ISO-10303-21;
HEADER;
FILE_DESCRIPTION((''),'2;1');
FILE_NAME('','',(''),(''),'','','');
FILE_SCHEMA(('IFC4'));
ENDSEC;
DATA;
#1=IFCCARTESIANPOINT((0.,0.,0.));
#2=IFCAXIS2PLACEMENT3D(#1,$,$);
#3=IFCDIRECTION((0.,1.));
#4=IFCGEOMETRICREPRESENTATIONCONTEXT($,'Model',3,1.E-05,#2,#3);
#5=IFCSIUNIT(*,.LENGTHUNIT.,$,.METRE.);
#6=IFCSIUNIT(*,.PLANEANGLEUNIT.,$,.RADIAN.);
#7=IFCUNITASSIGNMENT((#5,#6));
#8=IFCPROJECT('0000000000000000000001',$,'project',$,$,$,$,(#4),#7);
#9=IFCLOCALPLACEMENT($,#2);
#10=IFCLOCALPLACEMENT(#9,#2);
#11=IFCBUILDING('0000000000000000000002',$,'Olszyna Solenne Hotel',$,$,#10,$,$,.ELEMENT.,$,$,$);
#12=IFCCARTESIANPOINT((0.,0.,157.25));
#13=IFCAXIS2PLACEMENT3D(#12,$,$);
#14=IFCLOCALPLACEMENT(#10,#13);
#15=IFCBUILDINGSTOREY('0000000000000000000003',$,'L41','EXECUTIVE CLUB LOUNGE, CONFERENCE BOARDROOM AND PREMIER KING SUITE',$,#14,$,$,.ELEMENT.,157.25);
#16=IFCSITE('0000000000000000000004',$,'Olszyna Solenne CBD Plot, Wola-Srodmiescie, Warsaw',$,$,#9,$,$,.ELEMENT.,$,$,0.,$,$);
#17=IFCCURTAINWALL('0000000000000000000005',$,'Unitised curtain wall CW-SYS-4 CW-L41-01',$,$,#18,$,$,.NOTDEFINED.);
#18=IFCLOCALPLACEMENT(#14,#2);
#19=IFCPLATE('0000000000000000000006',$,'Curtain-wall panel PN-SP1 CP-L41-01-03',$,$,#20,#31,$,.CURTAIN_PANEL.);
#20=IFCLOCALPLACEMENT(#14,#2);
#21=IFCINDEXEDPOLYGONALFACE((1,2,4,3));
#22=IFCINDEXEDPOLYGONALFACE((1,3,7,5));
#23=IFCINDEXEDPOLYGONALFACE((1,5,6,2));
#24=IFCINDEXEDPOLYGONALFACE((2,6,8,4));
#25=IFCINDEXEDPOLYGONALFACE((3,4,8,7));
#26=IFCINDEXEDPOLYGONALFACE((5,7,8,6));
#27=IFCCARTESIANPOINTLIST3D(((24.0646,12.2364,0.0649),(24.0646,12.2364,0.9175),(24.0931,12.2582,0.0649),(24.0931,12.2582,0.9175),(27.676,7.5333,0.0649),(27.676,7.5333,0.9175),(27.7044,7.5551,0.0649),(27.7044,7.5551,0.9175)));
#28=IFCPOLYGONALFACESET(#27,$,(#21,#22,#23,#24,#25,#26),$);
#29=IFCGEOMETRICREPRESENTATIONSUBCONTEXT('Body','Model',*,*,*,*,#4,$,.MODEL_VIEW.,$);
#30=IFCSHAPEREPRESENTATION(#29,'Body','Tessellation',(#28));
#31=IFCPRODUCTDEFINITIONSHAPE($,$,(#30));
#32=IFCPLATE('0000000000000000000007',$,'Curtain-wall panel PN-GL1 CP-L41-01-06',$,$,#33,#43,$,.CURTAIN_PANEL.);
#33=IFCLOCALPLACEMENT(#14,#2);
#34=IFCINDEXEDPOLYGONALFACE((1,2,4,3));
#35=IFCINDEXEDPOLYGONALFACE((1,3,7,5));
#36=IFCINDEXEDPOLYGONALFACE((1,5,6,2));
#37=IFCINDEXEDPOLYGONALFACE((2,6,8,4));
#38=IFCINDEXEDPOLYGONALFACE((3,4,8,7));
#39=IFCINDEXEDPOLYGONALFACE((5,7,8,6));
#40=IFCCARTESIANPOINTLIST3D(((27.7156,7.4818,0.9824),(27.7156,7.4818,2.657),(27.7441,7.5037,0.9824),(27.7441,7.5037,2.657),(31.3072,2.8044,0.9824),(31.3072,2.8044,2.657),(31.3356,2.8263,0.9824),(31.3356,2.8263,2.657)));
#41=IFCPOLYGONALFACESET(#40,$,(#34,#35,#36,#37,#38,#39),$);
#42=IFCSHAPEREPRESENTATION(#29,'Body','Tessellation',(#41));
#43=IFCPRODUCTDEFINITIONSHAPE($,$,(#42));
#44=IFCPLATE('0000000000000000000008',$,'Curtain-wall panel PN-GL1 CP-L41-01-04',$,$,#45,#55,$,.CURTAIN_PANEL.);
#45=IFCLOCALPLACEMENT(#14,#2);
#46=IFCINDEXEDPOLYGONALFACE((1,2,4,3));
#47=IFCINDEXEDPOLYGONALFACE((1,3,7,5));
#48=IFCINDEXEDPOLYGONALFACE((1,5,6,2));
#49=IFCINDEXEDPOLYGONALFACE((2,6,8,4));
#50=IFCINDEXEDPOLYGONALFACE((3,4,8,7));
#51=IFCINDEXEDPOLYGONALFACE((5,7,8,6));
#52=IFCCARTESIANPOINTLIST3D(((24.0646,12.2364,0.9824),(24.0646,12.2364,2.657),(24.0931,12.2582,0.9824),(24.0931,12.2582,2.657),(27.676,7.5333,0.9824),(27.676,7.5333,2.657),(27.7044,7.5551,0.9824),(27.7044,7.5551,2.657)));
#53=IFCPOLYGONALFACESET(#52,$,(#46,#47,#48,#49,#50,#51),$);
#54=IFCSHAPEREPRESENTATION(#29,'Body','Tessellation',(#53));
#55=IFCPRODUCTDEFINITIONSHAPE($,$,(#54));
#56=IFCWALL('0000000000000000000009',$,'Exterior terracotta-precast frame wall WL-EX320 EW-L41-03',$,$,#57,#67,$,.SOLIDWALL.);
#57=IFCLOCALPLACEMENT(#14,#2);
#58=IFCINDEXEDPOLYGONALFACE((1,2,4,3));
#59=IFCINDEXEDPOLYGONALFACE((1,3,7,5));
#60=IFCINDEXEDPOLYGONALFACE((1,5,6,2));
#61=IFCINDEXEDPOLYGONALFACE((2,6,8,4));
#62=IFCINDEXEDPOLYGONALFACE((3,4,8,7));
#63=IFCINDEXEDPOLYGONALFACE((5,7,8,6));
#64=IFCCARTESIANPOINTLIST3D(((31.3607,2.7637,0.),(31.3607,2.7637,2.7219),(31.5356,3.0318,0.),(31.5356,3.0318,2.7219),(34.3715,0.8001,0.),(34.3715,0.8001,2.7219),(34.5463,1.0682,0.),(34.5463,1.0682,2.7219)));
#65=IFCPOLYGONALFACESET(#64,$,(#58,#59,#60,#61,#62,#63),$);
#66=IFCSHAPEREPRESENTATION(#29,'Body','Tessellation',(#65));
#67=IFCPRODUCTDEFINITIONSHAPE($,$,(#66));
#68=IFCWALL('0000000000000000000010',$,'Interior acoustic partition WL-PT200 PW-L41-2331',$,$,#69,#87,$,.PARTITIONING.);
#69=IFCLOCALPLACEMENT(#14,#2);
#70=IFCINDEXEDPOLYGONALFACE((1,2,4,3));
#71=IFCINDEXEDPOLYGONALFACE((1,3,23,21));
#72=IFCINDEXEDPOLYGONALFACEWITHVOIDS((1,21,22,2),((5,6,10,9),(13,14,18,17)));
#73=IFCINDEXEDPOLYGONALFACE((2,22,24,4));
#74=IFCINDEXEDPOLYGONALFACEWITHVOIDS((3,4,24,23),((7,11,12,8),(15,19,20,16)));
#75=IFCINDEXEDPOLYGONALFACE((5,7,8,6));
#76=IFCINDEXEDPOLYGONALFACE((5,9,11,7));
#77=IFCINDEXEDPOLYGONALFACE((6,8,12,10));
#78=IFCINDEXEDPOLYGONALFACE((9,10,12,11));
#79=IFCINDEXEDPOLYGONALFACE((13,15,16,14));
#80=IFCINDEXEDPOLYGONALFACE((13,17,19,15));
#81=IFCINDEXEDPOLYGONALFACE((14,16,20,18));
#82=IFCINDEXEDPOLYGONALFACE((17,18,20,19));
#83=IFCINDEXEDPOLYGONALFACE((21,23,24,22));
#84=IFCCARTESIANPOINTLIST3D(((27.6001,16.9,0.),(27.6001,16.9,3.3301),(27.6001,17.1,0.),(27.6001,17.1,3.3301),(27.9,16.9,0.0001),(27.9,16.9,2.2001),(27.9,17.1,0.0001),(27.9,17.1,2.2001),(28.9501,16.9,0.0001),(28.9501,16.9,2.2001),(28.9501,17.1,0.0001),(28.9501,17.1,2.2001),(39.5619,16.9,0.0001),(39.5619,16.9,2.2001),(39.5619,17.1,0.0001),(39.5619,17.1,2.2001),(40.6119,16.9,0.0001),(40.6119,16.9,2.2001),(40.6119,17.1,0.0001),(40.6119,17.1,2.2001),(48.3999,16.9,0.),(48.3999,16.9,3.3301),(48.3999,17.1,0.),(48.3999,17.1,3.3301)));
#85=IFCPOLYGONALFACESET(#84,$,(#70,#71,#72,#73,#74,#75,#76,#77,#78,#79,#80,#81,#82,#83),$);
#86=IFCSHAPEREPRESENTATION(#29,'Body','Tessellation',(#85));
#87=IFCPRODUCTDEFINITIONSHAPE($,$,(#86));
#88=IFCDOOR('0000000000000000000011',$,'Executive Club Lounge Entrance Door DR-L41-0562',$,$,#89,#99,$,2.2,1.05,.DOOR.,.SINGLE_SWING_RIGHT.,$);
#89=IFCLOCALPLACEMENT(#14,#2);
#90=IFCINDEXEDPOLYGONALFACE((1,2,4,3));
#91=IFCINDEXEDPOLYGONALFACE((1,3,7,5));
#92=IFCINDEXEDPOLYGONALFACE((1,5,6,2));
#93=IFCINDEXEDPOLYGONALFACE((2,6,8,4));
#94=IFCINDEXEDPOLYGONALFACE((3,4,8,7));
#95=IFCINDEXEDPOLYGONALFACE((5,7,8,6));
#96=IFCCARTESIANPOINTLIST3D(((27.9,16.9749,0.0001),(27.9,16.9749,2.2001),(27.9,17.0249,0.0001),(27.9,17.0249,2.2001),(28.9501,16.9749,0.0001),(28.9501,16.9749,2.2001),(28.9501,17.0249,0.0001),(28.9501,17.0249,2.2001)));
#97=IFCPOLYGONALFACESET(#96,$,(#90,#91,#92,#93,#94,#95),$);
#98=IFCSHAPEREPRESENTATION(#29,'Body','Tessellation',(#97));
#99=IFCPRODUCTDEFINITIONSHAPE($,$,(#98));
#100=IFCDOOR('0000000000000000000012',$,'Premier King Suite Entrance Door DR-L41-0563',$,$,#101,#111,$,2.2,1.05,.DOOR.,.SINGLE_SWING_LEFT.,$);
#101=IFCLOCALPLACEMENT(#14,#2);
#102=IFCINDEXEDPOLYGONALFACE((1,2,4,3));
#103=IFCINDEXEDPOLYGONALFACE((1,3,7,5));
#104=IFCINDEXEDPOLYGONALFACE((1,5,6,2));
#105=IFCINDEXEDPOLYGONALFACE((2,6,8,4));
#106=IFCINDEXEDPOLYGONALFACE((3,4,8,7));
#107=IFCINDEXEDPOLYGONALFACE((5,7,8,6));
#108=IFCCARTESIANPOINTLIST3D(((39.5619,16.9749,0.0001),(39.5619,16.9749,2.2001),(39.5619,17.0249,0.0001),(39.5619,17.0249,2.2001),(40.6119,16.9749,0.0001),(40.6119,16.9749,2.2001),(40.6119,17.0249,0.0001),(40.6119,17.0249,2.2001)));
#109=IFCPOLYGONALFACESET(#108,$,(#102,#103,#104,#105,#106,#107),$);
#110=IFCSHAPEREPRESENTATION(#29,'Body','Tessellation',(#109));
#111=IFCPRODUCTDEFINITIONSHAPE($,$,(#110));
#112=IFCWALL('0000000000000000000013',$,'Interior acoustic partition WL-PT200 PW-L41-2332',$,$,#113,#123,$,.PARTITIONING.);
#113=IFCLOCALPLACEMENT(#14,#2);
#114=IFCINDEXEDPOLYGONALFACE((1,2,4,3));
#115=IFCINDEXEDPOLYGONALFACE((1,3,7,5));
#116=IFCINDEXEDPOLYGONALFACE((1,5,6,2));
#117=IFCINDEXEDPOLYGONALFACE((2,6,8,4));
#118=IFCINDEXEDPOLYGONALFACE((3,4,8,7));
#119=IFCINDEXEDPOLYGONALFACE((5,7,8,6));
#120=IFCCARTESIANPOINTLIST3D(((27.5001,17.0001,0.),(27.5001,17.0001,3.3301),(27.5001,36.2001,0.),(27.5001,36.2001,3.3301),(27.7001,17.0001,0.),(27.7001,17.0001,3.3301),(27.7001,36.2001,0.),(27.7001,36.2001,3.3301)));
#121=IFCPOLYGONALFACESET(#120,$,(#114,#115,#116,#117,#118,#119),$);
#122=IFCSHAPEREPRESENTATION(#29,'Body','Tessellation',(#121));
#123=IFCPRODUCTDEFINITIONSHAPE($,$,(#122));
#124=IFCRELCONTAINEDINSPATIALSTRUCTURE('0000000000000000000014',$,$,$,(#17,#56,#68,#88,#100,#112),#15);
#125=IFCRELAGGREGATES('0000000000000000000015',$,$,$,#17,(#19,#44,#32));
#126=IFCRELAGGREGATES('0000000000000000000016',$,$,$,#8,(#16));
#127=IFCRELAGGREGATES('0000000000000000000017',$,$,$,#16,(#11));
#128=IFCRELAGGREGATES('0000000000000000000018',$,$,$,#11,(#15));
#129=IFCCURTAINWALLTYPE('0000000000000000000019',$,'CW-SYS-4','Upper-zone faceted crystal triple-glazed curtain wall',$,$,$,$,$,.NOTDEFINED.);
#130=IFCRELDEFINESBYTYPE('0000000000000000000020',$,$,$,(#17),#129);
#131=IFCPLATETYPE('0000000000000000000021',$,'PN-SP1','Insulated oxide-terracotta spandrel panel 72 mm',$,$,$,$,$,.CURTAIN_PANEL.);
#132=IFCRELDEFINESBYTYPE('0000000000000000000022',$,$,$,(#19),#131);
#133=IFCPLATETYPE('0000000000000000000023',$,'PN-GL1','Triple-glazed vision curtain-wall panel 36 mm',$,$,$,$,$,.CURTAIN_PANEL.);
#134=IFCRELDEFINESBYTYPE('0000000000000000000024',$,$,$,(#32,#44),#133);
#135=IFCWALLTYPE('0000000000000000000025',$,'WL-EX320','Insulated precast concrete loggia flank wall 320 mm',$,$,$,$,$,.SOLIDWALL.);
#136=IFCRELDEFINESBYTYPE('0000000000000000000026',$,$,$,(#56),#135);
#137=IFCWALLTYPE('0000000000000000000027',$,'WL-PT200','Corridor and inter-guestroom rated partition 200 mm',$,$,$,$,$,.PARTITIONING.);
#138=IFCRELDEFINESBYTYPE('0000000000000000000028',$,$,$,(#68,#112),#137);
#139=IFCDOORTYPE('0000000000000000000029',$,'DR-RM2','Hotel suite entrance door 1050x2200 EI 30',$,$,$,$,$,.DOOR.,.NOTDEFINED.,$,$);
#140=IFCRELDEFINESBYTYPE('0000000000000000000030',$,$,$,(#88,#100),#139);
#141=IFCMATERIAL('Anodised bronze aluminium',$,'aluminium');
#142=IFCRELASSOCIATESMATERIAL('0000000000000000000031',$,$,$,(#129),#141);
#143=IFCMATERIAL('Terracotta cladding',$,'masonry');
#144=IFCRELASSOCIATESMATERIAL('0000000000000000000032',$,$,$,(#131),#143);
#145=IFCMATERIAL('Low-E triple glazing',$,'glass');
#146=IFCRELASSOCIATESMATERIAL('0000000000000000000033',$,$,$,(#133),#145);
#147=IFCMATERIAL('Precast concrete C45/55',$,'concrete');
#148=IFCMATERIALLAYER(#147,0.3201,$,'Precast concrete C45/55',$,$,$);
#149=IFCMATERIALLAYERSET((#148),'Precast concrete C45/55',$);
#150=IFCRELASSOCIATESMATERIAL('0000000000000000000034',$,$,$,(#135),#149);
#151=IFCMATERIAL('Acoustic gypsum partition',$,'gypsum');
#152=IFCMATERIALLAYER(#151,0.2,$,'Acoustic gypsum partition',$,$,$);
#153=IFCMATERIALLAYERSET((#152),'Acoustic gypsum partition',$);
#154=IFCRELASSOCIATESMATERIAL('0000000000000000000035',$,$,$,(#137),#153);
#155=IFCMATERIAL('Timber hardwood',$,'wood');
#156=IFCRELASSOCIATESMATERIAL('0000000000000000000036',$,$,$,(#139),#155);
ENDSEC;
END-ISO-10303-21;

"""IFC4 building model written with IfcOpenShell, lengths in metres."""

from ifc_helpers import new_model, si_unit, direction, frame, frame_2d, origin, origin_2d, place, context, subcontext, project, spatial, rectangle, extrude, source, transform, mapped, material, layer, layer_set, type_object, type_shapes, element, fill, aggregate, save


model = new_model("IFC4")

# Units and contexts
model_context = context("Model", 3, precision=1e-05, world=origin(), true_north=direction((0.0, 1.0)))
body_context = subcontext(model_context, "Body", "Model", "MODEL_VIEW")
ifc_project = project(units=[si_unit("LENGTHUNIT", "METRE"), si_unit("PLANEANGLEUNIT", "RADIAN")], contexts=[model_context])

# Site, building, storey
site_placement = place(None, origin())
site = spatial("IfcSite", under=ifc_project, at=site_placement, Name="Olszyna Solenne CBD Plot, Wola-Srodmiescie, Warsaw", CompositionType="ELEMENT", RefElevation=0.0)
building_placement = place(site_placement, origin())
building = spatial("IfcBuilding", under=site, at=building_placement, Name="Olszyna Solenne Hotel", CompositionType="ELEMENT")
storey_placement = place(building_placement, frame((0.0, 0.0, 157.25)))
storey = spatial("IfcBuildingStorey", under=building, at=storey_placement, Name="L41", Description="EXECUTIVE CLUB LOUNGE, CONFERENCE BOARDROOM AND PREMIER KING SUITE", CompositionType="ELEMENT", Elevation=157.25)

# Curtain wall
ifc_material_1 = material(Name="Anodised bronze aluminium", Category="aluminium")
curtain_wall_type = type_object("IfcCurtainWallType", Name="CW-SYS-4", Description="Upper-zone faceted crystal triple-glazed curtain wall", PredefinedType="NOTDEFINED", material=ifc_material_1)
curtain_wall_placement = place(storey_placement, origin())
curtain_wall = element("IfcCurtainWall", 1, at=curtain_wall_placement, inside=storey, type_object=curtain_wall_type, Name="Unitised curtain wall CW-SYS-4 CW-L41-01", PredefinedType="NOTDEFINED")

# Plates
ifc_material_2 = material(Name="Terracotta cladding", Category="masonry")
plate_type_1 = type_object("IfcPlateType", Name="PN-SP1", Description="Insulated oxide-terracotta spandrel panel 72 mm", PredefinedType="CURTAIN_PANEL", material=ifc_material_2)
shared_shape_1 = source(origin(), body_context, "Body", "SweptSolid", [
    extrude(rectangle(XDim=5.9297, YDim=0.0359, at=origin_2d()), origin(), (0.0, 0.0, 1.0), 0.8525),
])
plate_1_placement = place(storey_placement, frame((25.8845, 9.8958, 0.0649), z_axis=(0.0, 0.0, 1.0), x_axis=(0.609026, -0.79315, 0.0)))
plate_1 = element("IfcPlate", 2, at=plate_1_placement, type_object=plate_type_1, Name="Curtain-wall panel PN-SP1 CP-L41-01-03", PredefinedType="CURTAIN_PANEL", context=body_context, shape_type="MappedRepresentation", body=[
    mapped(shared_shape_1, transform((0.0, 0.0, 0.0), x_axis=(1.0, 0.0, 0.0), y_axis=(0.0, 1.0, 0.0), z_axis=(0.0, 0.0, 1.0), scale=1.0)),
])
ifc_material_3 = material(Name="Low-E triple glazing", Category="glass")
plate_type_2 = type_object("IfcPlateType", Name="PN-GL1", Description="Triple-glazed vision curtain-wall panel 36 mm", PredefinedType="CURTAIN_PANEL", material=ifc_material_3)
shared_shape_2 = source(origin(), body_context, "Body", "SweptSolid", [
    extrude(rectangle(XDim=5.8972, YDim=0.0359, at=origin_2d()), origin(), (0.0, 0.0, 1.0), 1.6746),
])
plate_2_placement = place(storey_placement, frame((29.5256, 5.1541, 0.9824), z_axis=(0.0, 0.0, 1.0), x_axis=(0.609026, -0.79315, 0.0)))
plate_2 = element("IfcPlate", 3, at=plate_2_placement, type_object=plate_type_2, Name="Curtain-wall panel PN-GL1 CP-L41-01-06", PredefinedType="CURTAIN_PANEL", context=body_context, shape_type="MappedRepresentation", body=[
    mapped(shared_shape_2, transform((0.0, 0.0, 0.0), x_axis=(1.0, 0.0, 0.0), y_axis=(0.0, 1.0, 0.0), z_axis=(0.0, 0.0, 1.0), scale=1.0)),
])
shared_shape_3 = source(origin(), body_context, "Body", "SweptSolid", [
    extrude(rectangle(XDim=5.9297, YDim=0.0359, at=origin_2d()), origin(), (0.0, 0.0, 1.0), 1.6746),
])
plate_3_placement = place(storey_placement, frame((25.8845, 9.8958, 0.9824), z_axis=(0.0, 0.0, 1.0), x_axis=(0.609026, -0.79315, 0.0)))
plate_3 = element("IfcPlate", 4, at=plate_3_placement, type_object=plate_type_2, Name="Curtain-wall panel PN-GL1 CP-L41-01-04", PredefinedType="CURTAIN_PANEL", context=body_context, shape_type="MappedRepresentation", body=[
    mapped(shared_shape_3, transform((0.0, 0.0, 0.0), x_axis=(1.0, 0.0, 0.0), y_axis=(0.0, 1.0, 0.0), z_axis=(0.0, 0.0, 1.0), scale=1.0)),
])
aggregate(curtain_wall, [plate_1, plate_3, plate_2])

# Wall
ifc_material_4 = material(Name="Precast concrete C45/55", Category="concrete")
ifc_layer_1 = layer(ifc_material_4, 0.3201, Name="Precast concrete C45/55")
ifc_layer_set_1 = layer_set([ifc_layer_1], Name="Precast concrete C45/55")
wall_type_1 = type_object("IfcWallType", Name="WL-EX320", Description="Insulated precast concrete loggia flank wall 320 mm", PredefinedType="SOLIDWALL", material=ifc_layer_set_1)
wall_1_placement = place(storey_placement, frame((34.459, 0.9341, 0.0), z_axis=(0.0, 0.0, 1.0), x_axis=(-0.837598, 0.546286, 0.0)))
element("IfcWall", 5, at=wall_1_placement, inside=storey, type_object=wall_type_1, Name="Exterior terracotta-precast frame wall WL-EX320 EW-L41-03", PredefinedType="SOLIDWALL", context=body_context, shape_type="SweptSolid", body=[
    extrude(rectangle(XDim=3.5945, YDim=0.3201, at=frame_2d((1.7974, 0.0))), origin(), (0.0, 0.0, 1.0), 2.7219),
])

# Wall, openings, doors
ifc_material_5 = material(Name="Acoustic gypsum partition", Category="gypsum")
ifc_layer_2 = layer(ifc_material_5, 0.2, Name="Acoustic gypsum partition")
ifc_layer_set_2 = layer_set([ifc_layer_2], Name="Acoustic gypsum partition")
wall_type_2 = type_object("IfcWallType", Name="WL-PT200", Description="Corridor and inter-guestroom rated partition 200 mm", PredefinedType="PARTITIONING", material=ifc_layer_set_2)
wall_2_placement = place(storey_placement, frame((27.6001, 17.0, 0.0), z_axis=(0.0, 0.0, 1.0), x_axis=(1.0, 0.0, 0.0)))
wall_2 = element("IfcWall", 6, at=wall_2_placement, inside=storey, type_object=wall_type_2, Name="Interior acoustic partition WL-PT200 PW-L41-2331", PredefinedType="PARTITIONING", context=body_context, shape_type="SweptSolid", body=[
    extrude(rectangle(XDim=20.7998, YDim=0.2, at=frame_2d((10.3999, 0.0))), origin(), (0.0, 0.0, 1.0), 3.3301),
])
opening_1_placement = place(wall_2_placement, frame((0.3, 0.0, 0.0)))
opening_1 = element("IfcOpeningElement", 7, at=opening_1_placement, cuts=wall_2, PredefinedType="OPENING", context=body_context, shape_type="SweptSolid", body=[
    extrude(rectangle(XDim=1.05, YDim=2.2, at=frame_2d((0.5249, 1.1001))), frame((0.0, 0.1099, 0.0), z_axis=(0.0, -1.0, 0.0), x_axis=(1.0, 0.0, 0.0)), (0.0, 0.0, 1.0), 0.22),
])
opening_2_placement = place(wall_2_placement, frame((11.9619, 0.0, 0.0)))
opening_2 = element("IfcOpeningElement", 8, at=opening_2_placement, cuts=wall_2, PredefinedType="OPENING", context=body_context, shape_type="SweptSolid", body=[
    extrude(rectangle(XDim=1.05, YDim=2.2, at=frame_2d((0.5249, 1.1001))), frame((0.0, 0.1099, 0.0), z_axis=(0.0, -1.0, 0.0), x_axis=(1.0, 0.0, 0.0)), (0.0, 0.0, 1.0), 0.22),
])
ifc_material_6 = material(Name="Timber hardwood", Category="wood")
door_type = type_object("IfcDoorType", Name="DR-RM2", Description="Hotel suite entrance door 1050x2200 EI 30", OperationType="NOTDEFINED", PredefinedType="DOOR", material=ifc_material_6)
shared_shape_4 = source(origin(), body_context, "Body", "SweptSolid", [
    extrude(rectangle(XDim=1.05, YDim=2.2, at=frame_2d((0.5249, 1.1001))), frame((0.0, 0.0249, 0.0), z_axis=(0.0, -1.0, 0.0), x_axis=(1.0, 0.0, 0.0)), (0.0, 0.0, 1.0), 0.05),
])
type_shapes(door_type, [shared_shape_4])
door_1_placement = place(opening_1_placement, origin())
door_1 = element("IfcDoor", 9, at=door_1_placement, inside=storey, type_object=door_type, Name="Executive Club Lounge Entrance Door DR-L41-0562", OperationType="SINGLE_SWING_RIGHT", OverallHeight=2.2, OverallWidth=1.05, PredefinedType="DOOR", context=body_context, shape_type="MappedRepresentation", body=[
    mapped(shared_shape_4, transform((0.0, 0.0, 0.0), x_axis=(1.0, 0.0, 0.0), y_axis=(0.0, 1.0, 0.0), z_axis=(0.0, 0.0, 1.0), scale=1.0)),
])
fill(opening_1, door_1)
door_2_placement = place(opening_2_placement, origin())
door_2 = element("IfcDoor", 10, at=door_2_placement, inside=storey, type_object=door_type, Name="Premier King Suite Entrance Door DR-L41-0563", OperationType="SINGLE_SWING_LEFT", OverallHeight=2.2, OverallWidth=1.05, PredefinedType="DOOR", context=body_context, shape_type="MappedRepresentation", body=[
    mapped(shared_shape_4, transform((0.0, 0.0, 0.0), x_axis=(1.0, 0.0, 0.0), y_axis=(0.0, 1.0, 0.0), z_axis=(0.0, 0.0, 1.0), scale=1.0)),
])
fill(opening_2, door_2)

# Wall
wall_3_placement = place(storey_placement, frame((27.6001, 17.0, 0.0), z_axis=(0.0, 0.0, 1.0), x_axis=(0.0, 1.0, 0.0)))
element("IfcWall", 11, at=wall_3_placement, inside=storey, type_object=wall_type_2, Name="Interior acoustic partition WL-PT200 PW-L41-2332", PredefinedType="PARTITIONING", context=body_context, shape_type="SweptSolid", body=[
    extrude(rectangle(XDim=19.2, YDim=0.2, at=frame_2d((9.6001, 0.0))), origin(), (0.0, 0.0, 1.0), 3.3301),
])

save(model, "model.ifc")
